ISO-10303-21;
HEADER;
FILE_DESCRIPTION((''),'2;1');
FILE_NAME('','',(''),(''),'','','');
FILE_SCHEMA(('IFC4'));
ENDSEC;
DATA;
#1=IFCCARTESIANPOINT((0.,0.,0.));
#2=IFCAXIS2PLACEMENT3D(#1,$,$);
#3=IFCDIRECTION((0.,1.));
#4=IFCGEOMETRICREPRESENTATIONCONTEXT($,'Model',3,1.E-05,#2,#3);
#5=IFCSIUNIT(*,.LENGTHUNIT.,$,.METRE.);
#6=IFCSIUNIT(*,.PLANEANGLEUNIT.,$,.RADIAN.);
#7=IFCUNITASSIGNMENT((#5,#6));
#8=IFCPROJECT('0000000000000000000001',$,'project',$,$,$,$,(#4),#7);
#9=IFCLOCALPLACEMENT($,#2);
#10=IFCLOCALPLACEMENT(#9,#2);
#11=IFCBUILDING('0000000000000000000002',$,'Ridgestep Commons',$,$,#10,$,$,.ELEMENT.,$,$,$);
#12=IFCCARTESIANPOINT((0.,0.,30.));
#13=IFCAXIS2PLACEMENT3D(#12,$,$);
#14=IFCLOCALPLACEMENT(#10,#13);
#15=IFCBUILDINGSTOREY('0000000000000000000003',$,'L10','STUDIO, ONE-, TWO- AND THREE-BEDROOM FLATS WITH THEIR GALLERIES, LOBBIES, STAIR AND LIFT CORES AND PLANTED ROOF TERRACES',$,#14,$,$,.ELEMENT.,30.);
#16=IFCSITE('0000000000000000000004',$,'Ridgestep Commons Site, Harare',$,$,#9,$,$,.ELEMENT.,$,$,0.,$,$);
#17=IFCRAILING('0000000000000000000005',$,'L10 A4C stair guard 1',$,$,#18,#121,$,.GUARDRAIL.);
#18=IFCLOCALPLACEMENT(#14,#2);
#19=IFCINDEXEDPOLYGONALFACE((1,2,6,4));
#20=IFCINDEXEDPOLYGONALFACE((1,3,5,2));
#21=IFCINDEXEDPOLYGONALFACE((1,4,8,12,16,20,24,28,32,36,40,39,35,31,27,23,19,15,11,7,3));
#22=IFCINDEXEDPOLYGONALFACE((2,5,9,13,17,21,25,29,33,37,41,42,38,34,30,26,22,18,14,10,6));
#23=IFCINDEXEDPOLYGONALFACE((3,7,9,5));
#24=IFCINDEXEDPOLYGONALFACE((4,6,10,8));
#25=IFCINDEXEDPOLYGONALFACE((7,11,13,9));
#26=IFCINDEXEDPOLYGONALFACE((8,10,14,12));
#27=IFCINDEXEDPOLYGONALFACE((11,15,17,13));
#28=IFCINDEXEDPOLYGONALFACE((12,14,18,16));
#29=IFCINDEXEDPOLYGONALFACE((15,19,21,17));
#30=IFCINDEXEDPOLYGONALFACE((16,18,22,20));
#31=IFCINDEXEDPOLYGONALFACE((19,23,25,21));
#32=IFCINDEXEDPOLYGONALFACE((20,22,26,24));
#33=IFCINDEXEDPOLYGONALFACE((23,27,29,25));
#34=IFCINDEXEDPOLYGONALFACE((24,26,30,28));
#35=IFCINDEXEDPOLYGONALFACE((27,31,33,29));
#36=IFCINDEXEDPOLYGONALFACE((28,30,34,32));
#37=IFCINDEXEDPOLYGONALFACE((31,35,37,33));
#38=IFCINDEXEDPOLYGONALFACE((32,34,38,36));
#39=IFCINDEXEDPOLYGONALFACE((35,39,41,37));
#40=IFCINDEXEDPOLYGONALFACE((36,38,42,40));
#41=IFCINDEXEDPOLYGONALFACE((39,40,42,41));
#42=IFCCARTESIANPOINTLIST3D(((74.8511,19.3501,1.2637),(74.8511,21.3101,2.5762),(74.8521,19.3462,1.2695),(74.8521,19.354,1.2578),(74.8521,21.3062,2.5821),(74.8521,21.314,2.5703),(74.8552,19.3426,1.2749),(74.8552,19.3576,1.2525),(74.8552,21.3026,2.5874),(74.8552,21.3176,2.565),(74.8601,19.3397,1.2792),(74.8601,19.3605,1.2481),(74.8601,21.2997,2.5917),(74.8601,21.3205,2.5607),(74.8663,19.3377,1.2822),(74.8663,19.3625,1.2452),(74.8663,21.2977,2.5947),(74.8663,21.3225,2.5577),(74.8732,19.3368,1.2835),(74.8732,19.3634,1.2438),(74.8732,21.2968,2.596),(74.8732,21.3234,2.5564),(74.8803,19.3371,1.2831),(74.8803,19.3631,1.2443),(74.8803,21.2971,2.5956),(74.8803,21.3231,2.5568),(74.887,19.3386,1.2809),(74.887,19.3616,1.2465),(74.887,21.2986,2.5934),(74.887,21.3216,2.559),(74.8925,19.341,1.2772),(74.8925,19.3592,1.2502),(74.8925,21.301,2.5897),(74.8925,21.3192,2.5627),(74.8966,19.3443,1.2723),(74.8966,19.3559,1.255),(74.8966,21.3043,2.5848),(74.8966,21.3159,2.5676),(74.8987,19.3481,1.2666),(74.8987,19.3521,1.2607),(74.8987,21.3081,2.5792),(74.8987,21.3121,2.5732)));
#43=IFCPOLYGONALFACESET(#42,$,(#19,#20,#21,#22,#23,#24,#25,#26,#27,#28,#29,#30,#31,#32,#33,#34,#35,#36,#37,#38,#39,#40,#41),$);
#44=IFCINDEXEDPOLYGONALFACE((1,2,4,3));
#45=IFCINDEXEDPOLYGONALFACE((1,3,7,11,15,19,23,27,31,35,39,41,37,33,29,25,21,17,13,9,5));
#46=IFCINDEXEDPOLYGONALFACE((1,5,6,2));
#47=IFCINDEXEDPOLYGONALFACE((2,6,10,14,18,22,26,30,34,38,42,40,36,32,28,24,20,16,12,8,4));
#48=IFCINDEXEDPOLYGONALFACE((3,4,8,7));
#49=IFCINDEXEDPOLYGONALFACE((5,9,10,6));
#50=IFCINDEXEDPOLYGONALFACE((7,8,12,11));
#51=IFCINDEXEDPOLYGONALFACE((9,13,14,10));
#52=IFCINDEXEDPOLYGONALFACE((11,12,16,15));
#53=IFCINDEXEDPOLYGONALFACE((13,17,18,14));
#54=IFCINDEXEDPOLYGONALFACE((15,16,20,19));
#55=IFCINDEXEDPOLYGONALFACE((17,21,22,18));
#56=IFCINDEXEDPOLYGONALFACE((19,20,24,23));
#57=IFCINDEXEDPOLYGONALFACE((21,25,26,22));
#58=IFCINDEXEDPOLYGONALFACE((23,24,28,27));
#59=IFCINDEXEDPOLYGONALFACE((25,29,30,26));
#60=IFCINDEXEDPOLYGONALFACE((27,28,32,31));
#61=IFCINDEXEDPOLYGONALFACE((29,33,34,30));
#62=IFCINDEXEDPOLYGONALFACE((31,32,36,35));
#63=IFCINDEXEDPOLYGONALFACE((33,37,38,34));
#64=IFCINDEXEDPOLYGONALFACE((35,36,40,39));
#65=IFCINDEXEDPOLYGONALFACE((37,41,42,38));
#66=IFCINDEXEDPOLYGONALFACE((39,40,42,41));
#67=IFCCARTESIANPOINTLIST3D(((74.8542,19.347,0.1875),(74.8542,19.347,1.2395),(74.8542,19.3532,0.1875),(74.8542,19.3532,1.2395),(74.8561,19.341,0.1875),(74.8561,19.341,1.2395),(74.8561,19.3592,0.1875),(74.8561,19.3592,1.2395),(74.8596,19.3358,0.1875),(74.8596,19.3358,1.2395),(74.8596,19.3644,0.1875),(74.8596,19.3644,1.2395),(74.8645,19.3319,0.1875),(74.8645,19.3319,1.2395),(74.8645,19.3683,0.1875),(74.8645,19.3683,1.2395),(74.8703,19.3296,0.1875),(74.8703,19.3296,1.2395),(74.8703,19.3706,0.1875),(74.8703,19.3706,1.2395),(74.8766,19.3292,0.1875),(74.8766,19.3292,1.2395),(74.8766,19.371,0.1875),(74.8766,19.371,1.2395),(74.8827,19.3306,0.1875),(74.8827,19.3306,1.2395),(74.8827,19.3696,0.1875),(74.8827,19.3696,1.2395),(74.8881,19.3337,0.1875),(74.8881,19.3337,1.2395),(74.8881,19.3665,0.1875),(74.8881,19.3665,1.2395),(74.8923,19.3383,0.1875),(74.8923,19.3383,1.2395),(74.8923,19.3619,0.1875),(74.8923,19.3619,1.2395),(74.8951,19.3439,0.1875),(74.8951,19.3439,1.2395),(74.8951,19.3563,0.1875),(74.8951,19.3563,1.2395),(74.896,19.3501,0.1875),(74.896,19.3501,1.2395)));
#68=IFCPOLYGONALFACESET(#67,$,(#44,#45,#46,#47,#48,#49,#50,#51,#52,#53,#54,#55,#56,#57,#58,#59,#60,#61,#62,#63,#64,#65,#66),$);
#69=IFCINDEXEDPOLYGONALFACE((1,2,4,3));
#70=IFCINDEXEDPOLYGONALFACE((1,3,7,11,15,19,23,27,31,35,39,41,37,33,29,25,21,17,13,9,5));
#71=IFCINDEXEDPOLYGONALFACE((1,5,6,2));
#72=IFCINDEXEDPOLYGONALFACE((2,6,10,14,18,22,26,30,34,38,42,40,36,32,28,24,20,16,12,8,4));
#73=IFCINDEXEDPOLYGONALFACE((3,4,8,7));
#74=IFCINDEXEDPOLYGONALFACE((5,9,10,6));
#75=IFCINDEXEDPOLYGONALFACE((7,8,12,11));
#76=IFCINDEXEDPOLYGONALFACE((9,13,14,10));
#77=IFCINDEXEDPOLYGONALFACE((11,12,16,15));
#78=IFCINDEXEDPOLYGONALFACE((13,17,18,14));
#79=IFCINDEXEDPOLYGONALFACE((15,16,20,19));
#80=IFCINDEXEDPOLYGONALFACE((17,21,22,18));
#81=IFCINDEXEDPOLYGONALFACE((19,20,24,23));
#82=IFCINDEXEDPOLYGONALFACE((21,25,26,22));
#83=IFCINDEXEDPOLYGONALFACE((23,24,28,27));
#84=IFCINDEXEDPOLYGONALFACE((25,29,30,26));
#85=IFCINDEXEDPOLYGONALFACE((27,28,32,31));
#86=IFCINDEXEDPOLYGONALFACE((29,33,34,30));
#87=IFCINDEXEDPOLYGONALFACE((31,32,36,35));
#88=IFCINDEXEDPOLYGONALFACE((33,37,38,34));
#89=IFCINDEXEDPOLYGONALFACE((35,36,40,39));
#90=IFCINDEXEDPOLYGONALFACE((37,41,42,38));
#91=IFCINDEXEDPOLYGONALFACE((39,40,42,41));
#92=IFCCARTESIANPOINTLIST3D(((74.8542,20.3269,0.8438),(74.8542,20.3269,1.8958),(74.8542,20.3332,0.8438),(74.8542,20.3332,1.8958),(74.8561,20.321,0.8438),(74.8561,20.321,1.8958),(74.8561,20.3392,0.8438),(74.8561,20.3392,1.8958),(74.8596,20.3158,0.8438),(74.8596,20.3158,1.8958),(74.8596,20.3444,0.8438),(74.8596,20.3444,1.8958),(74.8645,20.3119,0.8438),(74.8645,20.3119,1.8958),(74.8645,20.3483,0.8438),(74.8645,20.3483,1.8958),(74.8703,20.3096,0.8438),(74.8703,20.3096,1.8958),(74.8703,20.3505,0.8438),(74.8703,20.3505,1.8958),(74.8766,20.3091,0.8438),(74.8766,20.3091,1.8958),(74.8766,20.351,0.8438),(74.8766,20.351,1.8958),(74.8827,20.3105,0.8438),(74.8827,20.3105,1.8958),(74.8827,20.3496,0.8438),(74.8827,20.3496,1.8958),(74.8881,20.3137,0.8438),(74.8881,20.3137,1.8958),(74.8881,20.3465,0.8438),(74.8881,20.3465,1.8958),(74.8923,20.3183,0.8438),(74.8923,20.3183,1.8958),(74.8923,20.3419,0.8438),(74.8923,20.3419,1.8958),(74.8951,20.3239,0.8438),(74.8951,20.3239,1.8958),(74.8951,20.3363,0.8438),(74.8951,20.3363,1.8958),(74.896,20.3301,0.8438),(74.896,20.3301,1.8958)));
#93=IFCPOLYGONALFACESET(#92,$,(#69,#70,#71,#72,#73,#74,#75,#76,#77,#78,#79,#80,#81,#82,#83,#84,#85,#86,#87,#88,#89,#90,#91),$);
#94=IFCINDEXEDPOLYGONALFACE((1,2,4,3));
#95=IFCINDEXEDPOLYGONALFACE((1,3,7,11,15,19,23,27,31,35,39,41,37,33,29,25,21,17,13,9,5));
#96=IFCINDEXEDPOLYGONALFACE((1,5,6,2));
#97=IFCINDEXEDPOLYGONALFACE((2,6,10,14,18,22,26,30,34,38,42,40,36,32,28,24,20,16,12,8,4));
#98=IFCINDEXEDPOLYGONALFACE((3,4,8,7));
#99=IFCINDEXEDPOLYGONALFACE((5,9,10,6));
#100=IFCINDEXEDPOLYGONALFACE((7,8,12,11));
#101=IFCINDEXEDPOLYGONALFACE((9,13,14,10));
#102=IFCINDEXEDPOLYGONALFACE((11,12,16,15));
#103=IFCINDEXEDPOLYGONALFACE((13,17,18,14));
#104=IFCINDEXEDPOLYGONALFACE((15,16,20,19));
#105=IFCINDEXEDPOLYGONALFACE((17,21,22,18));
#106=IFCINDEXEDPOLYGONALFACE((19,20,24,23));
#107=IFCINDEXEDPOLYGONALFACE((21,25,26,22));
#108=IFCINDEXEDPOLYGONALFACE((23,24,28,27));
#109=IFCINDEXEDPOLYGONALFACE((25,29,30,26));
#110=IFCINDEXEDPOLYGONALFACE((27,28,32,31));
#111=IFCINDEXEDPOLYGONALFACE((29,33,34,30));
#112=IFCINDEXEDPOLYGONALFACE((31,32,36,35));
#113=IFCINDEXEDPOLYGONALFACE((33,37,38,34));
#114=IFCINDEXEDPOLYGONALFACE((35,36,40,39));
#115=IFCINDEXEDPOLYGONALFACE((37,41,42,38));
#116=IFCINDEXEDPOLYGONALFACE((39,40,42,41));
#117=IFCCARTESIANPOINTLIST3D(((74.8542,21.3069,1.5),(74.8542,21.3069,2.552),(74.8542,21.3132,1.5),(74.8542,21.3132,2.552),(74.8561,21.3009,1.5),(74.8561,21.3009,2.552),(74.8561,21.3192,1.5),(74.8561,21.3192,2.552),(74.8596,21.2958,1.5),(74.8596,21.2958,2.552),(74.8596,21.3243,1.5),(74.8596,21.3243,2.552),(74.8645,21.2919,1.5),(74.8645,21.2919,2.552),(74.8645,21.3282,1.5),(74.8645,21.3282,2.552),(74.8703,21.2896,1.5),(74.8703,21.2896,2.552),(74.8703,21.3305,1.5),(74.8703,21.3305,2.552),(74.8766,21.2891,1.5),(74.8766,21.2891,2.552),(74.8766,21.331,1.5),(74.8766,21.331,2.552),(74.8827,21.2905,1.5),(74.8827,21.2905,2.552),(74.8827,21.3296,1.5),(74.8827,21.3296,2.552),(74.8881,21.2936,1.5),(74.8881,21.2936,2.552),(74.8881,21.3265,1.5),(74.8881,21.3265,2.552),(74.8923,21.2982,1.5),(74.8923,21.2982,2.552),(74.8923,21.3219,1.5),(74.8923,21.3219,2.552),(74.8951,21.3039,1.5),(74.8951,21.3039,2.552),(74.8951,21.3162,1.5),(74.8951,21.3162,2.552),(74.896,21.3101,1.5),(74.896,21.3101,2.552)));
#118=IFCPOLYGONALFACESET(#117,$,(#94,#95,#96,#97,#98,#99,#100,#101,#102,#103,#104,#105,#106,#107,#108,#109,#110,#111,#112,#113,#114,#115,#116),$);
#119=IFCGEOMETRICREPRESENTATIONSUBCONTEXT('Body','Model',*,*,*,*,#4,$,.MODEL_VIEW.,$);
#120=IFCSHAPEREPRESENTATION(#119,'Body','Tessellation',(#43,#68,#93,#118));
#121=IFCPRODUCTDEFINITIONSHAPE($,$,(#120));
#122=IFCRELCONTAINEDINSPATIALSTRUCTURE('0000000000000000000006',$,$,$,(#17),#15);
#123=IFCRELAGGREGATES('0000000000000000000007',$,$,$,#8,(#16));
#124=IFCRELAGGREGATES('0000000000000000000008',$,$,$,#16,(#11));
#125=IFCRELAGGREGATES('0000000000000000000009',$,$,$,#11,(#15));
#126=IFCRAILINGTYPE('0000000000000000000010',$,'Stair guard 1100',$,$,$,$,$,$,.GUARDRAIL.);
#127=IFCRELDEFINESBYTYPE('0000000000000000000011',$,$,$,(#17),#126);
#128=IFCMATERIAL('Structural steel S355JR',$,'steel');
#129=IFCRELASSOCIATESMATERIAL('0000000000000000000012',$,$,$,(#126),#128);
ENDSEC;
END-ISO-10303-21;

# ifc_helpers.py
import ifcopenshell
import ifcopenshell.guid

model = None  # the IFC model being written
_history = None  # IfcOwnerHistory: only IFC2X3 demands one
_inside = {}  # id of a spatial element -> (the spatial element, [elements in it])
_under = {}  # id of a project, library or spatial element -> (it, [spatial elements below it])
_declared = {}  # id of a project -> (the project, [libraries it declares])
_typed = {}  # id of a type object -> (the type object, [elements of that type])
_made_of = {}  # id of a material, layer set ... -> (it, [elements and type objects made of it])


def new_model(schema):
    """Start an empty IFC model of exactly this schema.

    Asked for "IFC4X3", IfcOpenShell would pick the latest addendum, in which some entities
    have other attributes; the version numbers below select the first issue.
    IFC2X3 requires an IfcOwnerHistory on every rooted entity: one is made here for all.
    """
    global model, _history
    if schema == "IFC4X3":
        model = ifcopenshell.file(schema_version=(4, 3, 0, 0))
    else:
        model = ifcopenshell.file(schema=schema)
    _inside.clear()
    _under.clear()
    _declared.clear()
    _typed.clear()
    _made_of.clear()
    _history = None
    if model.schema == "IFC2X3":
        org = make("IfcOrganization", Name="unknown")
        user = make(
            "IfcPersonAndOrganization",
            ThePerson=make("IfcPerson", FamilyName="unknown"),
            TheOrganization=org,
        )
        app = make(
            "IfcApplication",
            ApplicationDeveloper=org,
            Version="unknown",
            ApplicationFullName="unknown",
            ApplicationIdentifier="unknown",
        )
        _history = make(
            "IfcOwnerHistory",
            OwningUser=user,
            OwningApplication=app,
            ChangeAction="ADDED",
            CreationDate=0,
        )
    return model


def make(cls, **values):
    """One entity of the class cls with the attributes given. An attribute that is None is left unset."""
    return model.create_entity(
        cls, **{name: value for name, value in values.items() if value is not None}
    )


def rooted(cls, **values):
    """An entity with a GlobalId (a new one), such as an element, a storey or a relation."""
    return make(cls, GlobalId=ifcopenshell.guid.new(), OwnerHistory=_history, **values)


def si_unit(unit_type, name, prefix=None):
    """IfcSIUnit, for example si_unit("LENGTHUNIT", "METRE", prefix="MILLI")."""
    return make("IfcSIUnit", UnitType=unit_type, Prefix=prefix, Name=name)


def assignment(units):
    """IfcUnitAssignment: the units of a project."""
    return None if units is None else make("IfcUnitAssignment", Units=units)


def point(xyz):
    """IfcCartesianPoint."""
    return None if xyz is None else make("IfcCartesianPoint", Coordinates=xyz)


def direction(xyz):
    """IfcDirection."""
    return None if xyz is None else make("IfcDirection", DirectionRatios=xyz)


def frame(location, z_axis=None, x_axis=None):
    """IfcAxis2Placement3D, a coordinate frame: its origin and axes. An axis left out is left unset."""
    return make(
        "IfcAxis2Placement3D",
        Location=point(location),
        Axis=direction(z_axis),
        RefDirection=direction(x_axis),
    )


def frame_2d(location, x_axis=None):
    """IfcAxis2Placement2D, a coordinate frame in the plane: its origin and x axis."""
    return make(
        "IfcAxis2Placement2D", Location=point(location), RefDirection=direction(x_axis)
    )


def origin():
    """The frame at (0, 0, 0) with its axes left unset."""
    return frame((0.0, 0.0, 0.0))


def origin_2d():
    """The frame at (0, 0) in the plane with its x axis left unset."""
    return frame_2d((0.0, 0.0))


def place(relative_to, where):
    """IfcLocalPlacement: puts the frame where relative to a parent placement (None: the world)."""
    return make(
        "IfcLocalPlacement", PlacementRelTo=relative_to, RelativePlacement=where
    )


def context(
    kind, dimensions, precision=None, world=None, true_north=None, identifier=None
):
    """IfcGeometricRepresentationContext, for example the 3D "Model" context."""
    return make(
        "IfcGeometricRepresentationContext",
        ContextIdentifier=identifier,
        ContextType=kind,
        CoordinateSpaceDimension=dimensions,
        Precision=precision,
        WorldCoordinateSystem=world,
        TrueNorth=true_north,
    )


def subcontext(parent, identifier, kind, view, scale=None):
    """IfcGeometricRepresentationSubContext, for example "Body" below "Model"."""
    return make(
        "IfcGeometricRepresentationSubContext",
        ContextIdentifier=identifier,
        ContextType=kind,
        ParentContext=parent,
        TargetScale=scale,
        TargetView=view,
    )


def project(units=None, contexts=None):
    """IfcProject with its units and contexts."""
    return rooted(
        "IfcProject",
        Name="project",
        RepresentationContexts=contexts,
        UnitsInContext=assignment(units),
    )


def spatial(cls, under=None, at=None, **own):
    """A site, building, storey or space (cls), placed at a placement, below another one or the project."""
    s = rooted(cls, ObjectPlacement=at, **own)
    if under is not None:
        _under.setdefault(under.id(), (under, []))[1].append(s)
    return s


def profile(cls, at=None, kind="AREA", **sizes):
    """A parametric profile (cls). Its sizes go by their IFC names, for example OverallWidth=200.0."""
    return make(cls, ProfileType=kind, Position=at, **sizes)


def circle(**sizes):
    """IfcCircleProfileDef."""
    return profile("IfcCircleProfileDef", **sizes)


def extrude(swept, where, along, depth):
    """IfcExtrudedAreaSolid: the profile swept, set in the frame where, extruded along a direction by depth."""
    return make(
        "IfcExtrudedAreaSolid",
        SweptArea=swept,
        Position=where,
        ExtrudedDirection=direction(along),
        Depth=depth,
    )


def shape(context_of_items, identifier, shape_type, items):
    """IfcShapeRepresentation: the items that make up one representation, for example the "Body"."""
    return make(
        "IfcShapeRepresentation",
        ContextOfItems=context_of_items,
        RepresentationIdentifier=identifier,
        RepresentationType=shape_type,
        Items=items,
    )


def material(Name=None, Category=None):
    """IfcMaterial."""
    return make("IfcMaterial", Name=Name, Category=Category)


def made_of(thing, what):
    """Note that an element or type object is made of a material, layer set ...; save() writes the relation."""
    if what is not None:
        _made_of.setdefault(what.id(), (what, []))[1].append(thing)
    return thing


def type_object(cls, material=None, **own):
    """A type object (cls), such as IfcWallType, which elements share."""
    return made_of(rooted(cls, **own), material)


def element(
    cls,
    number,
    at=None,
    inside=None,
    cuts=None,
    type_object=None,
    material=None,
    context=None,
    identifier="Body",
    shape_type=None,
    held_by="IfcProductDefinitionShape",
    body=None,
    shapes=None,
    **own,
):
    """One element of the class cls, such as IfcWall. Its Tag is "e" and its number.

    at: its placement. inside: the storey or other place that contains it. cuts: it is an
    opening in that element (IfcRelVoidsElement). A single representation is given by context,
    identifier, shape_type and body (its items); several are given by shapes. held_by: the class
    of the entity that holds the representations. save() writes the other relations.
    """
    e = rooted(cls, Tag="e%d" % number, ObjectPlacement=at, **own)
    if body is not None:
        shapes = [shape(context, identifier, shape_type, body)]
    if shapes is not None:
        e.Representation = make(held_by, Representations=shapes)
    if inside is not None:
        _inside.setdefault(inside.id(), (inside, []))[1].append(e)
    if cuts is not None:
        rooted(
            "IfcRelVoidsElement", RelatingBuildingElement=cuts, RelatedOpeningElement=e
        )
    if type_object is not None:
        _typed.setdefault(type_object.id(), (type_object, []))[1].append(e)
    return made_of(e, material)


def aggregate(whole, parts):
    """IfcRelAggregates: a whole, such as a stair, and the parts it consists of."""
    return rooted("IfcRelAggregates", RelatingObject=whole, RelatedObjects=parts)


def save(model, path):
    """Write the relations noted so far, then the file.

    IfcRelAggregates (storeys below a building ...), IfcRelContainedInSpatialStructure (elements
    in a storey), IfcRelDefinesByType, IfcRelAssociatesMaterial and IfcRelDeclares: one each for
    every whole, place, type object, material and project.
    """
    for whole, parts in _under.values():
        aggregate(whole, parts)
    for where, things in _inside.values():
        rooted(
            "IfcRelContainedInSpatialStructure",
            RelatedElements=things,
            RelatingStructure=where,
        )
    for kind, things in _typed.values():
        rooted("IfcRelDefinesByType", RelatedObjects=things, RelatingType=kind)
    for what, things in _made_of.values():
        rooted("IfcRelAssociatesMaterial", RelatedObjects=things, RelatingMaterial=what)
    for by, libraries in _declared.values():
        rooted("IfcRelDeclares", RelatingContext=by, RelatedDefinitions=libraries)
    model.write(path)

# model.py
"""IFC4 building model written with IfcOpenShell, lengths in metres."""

from ifc_helpers import new_model, si_unit, direction, frame, origin, origin_2d, place, context, subcontext, project, spatial, circle, extrude, material, type_object, element, save


model = new_model("IFC4")

# Units and contexts
model_context = context("Model", 3, precision=1e-05, world=origin(), true_north=direction((0.0, 1.0)))
body_context = subcontext(model_context, "Body", "Model", "MODEL_VIEW")
ifc_project = project(units=[si_unit("LENGTHUNIT", "METRE"), si_unit("PLANEANGLEUNIT", "RADIAN")], contexts=[model_context])

# Site, building, storey
site_placement = place(None, origin())
site = spatial("IfcSite", under=ifc_project, at=site_placement, Name="Ridgestep Commons Site, Harare", CompositionType="ELEMENT", RefElevation=0.0)
building_placement = place(site_placement, origin())
building = spatial("IfcBuilding", under=site, at=building_placement, Name="Ridgestep Commons", CompositionType="ELEMENT")
storey_placement = place(building_placement, frame((0.0, 0.0, 30.0)))
storey = spatial("IfcBuildingStorey", under=building, at=storey_placement, Name="L10", Description="STUDIO, ONE-, TWO- AND THREE-BEDROOM FLATS WITH THEIR GALLERIES, LOBBIES, STAIR AND LIFT CORES AND PLANTED ROOF TERRACES", CompositionType="ELEMENT", Elevation=30.0)

# Railing
ifc_material_1 = material(Name="Structural steel S355JR", Category="steel")
railing_type_1 = type_object("IfcRailingType", Name="Stair guard 1100", PredefinedType="GUARDRAIL", material=ifc_material_1)
railing_1_placement = place(storey_placement, frame((74.875, 19.3501, 0.1875)))
element("IfcRailing", 1, at=railing_1_placement, inside=storey, type_object=railing_type_1, Name="L10 A4C stair guard 1", PredefinedType="GUARDRAIL", context=body_context, shape_type="SweptSolid", body=[
    extrude(circle(Radius=0.0239, at=origin_2d()), frame((0.0, 0.0, 1.0762), z_axis=(0.0, 0.830902, 0.556419), x_axis=(-1.0, 0.0, 0.0)), (0.0, 0.0, 1.0), 2.3589),
    extrude(circle(Radius=0.021, at=origin_2d()), origin(), (0.0, 0.0, 1.0), 1.052),
    extrude(circle(Radius=0.021, at=origin_2d()), frame((0.0, 0.98, 0.6562)), (0.0, 0.0, 1.0), 1.052),
    extrude(circle(Radius=0.021, at=origin_2d()), frame((0.0, 1.96, 1.3125)), (0.0, 0.0, 1.0), 1.052),
])

save(model, "model.ifc")
